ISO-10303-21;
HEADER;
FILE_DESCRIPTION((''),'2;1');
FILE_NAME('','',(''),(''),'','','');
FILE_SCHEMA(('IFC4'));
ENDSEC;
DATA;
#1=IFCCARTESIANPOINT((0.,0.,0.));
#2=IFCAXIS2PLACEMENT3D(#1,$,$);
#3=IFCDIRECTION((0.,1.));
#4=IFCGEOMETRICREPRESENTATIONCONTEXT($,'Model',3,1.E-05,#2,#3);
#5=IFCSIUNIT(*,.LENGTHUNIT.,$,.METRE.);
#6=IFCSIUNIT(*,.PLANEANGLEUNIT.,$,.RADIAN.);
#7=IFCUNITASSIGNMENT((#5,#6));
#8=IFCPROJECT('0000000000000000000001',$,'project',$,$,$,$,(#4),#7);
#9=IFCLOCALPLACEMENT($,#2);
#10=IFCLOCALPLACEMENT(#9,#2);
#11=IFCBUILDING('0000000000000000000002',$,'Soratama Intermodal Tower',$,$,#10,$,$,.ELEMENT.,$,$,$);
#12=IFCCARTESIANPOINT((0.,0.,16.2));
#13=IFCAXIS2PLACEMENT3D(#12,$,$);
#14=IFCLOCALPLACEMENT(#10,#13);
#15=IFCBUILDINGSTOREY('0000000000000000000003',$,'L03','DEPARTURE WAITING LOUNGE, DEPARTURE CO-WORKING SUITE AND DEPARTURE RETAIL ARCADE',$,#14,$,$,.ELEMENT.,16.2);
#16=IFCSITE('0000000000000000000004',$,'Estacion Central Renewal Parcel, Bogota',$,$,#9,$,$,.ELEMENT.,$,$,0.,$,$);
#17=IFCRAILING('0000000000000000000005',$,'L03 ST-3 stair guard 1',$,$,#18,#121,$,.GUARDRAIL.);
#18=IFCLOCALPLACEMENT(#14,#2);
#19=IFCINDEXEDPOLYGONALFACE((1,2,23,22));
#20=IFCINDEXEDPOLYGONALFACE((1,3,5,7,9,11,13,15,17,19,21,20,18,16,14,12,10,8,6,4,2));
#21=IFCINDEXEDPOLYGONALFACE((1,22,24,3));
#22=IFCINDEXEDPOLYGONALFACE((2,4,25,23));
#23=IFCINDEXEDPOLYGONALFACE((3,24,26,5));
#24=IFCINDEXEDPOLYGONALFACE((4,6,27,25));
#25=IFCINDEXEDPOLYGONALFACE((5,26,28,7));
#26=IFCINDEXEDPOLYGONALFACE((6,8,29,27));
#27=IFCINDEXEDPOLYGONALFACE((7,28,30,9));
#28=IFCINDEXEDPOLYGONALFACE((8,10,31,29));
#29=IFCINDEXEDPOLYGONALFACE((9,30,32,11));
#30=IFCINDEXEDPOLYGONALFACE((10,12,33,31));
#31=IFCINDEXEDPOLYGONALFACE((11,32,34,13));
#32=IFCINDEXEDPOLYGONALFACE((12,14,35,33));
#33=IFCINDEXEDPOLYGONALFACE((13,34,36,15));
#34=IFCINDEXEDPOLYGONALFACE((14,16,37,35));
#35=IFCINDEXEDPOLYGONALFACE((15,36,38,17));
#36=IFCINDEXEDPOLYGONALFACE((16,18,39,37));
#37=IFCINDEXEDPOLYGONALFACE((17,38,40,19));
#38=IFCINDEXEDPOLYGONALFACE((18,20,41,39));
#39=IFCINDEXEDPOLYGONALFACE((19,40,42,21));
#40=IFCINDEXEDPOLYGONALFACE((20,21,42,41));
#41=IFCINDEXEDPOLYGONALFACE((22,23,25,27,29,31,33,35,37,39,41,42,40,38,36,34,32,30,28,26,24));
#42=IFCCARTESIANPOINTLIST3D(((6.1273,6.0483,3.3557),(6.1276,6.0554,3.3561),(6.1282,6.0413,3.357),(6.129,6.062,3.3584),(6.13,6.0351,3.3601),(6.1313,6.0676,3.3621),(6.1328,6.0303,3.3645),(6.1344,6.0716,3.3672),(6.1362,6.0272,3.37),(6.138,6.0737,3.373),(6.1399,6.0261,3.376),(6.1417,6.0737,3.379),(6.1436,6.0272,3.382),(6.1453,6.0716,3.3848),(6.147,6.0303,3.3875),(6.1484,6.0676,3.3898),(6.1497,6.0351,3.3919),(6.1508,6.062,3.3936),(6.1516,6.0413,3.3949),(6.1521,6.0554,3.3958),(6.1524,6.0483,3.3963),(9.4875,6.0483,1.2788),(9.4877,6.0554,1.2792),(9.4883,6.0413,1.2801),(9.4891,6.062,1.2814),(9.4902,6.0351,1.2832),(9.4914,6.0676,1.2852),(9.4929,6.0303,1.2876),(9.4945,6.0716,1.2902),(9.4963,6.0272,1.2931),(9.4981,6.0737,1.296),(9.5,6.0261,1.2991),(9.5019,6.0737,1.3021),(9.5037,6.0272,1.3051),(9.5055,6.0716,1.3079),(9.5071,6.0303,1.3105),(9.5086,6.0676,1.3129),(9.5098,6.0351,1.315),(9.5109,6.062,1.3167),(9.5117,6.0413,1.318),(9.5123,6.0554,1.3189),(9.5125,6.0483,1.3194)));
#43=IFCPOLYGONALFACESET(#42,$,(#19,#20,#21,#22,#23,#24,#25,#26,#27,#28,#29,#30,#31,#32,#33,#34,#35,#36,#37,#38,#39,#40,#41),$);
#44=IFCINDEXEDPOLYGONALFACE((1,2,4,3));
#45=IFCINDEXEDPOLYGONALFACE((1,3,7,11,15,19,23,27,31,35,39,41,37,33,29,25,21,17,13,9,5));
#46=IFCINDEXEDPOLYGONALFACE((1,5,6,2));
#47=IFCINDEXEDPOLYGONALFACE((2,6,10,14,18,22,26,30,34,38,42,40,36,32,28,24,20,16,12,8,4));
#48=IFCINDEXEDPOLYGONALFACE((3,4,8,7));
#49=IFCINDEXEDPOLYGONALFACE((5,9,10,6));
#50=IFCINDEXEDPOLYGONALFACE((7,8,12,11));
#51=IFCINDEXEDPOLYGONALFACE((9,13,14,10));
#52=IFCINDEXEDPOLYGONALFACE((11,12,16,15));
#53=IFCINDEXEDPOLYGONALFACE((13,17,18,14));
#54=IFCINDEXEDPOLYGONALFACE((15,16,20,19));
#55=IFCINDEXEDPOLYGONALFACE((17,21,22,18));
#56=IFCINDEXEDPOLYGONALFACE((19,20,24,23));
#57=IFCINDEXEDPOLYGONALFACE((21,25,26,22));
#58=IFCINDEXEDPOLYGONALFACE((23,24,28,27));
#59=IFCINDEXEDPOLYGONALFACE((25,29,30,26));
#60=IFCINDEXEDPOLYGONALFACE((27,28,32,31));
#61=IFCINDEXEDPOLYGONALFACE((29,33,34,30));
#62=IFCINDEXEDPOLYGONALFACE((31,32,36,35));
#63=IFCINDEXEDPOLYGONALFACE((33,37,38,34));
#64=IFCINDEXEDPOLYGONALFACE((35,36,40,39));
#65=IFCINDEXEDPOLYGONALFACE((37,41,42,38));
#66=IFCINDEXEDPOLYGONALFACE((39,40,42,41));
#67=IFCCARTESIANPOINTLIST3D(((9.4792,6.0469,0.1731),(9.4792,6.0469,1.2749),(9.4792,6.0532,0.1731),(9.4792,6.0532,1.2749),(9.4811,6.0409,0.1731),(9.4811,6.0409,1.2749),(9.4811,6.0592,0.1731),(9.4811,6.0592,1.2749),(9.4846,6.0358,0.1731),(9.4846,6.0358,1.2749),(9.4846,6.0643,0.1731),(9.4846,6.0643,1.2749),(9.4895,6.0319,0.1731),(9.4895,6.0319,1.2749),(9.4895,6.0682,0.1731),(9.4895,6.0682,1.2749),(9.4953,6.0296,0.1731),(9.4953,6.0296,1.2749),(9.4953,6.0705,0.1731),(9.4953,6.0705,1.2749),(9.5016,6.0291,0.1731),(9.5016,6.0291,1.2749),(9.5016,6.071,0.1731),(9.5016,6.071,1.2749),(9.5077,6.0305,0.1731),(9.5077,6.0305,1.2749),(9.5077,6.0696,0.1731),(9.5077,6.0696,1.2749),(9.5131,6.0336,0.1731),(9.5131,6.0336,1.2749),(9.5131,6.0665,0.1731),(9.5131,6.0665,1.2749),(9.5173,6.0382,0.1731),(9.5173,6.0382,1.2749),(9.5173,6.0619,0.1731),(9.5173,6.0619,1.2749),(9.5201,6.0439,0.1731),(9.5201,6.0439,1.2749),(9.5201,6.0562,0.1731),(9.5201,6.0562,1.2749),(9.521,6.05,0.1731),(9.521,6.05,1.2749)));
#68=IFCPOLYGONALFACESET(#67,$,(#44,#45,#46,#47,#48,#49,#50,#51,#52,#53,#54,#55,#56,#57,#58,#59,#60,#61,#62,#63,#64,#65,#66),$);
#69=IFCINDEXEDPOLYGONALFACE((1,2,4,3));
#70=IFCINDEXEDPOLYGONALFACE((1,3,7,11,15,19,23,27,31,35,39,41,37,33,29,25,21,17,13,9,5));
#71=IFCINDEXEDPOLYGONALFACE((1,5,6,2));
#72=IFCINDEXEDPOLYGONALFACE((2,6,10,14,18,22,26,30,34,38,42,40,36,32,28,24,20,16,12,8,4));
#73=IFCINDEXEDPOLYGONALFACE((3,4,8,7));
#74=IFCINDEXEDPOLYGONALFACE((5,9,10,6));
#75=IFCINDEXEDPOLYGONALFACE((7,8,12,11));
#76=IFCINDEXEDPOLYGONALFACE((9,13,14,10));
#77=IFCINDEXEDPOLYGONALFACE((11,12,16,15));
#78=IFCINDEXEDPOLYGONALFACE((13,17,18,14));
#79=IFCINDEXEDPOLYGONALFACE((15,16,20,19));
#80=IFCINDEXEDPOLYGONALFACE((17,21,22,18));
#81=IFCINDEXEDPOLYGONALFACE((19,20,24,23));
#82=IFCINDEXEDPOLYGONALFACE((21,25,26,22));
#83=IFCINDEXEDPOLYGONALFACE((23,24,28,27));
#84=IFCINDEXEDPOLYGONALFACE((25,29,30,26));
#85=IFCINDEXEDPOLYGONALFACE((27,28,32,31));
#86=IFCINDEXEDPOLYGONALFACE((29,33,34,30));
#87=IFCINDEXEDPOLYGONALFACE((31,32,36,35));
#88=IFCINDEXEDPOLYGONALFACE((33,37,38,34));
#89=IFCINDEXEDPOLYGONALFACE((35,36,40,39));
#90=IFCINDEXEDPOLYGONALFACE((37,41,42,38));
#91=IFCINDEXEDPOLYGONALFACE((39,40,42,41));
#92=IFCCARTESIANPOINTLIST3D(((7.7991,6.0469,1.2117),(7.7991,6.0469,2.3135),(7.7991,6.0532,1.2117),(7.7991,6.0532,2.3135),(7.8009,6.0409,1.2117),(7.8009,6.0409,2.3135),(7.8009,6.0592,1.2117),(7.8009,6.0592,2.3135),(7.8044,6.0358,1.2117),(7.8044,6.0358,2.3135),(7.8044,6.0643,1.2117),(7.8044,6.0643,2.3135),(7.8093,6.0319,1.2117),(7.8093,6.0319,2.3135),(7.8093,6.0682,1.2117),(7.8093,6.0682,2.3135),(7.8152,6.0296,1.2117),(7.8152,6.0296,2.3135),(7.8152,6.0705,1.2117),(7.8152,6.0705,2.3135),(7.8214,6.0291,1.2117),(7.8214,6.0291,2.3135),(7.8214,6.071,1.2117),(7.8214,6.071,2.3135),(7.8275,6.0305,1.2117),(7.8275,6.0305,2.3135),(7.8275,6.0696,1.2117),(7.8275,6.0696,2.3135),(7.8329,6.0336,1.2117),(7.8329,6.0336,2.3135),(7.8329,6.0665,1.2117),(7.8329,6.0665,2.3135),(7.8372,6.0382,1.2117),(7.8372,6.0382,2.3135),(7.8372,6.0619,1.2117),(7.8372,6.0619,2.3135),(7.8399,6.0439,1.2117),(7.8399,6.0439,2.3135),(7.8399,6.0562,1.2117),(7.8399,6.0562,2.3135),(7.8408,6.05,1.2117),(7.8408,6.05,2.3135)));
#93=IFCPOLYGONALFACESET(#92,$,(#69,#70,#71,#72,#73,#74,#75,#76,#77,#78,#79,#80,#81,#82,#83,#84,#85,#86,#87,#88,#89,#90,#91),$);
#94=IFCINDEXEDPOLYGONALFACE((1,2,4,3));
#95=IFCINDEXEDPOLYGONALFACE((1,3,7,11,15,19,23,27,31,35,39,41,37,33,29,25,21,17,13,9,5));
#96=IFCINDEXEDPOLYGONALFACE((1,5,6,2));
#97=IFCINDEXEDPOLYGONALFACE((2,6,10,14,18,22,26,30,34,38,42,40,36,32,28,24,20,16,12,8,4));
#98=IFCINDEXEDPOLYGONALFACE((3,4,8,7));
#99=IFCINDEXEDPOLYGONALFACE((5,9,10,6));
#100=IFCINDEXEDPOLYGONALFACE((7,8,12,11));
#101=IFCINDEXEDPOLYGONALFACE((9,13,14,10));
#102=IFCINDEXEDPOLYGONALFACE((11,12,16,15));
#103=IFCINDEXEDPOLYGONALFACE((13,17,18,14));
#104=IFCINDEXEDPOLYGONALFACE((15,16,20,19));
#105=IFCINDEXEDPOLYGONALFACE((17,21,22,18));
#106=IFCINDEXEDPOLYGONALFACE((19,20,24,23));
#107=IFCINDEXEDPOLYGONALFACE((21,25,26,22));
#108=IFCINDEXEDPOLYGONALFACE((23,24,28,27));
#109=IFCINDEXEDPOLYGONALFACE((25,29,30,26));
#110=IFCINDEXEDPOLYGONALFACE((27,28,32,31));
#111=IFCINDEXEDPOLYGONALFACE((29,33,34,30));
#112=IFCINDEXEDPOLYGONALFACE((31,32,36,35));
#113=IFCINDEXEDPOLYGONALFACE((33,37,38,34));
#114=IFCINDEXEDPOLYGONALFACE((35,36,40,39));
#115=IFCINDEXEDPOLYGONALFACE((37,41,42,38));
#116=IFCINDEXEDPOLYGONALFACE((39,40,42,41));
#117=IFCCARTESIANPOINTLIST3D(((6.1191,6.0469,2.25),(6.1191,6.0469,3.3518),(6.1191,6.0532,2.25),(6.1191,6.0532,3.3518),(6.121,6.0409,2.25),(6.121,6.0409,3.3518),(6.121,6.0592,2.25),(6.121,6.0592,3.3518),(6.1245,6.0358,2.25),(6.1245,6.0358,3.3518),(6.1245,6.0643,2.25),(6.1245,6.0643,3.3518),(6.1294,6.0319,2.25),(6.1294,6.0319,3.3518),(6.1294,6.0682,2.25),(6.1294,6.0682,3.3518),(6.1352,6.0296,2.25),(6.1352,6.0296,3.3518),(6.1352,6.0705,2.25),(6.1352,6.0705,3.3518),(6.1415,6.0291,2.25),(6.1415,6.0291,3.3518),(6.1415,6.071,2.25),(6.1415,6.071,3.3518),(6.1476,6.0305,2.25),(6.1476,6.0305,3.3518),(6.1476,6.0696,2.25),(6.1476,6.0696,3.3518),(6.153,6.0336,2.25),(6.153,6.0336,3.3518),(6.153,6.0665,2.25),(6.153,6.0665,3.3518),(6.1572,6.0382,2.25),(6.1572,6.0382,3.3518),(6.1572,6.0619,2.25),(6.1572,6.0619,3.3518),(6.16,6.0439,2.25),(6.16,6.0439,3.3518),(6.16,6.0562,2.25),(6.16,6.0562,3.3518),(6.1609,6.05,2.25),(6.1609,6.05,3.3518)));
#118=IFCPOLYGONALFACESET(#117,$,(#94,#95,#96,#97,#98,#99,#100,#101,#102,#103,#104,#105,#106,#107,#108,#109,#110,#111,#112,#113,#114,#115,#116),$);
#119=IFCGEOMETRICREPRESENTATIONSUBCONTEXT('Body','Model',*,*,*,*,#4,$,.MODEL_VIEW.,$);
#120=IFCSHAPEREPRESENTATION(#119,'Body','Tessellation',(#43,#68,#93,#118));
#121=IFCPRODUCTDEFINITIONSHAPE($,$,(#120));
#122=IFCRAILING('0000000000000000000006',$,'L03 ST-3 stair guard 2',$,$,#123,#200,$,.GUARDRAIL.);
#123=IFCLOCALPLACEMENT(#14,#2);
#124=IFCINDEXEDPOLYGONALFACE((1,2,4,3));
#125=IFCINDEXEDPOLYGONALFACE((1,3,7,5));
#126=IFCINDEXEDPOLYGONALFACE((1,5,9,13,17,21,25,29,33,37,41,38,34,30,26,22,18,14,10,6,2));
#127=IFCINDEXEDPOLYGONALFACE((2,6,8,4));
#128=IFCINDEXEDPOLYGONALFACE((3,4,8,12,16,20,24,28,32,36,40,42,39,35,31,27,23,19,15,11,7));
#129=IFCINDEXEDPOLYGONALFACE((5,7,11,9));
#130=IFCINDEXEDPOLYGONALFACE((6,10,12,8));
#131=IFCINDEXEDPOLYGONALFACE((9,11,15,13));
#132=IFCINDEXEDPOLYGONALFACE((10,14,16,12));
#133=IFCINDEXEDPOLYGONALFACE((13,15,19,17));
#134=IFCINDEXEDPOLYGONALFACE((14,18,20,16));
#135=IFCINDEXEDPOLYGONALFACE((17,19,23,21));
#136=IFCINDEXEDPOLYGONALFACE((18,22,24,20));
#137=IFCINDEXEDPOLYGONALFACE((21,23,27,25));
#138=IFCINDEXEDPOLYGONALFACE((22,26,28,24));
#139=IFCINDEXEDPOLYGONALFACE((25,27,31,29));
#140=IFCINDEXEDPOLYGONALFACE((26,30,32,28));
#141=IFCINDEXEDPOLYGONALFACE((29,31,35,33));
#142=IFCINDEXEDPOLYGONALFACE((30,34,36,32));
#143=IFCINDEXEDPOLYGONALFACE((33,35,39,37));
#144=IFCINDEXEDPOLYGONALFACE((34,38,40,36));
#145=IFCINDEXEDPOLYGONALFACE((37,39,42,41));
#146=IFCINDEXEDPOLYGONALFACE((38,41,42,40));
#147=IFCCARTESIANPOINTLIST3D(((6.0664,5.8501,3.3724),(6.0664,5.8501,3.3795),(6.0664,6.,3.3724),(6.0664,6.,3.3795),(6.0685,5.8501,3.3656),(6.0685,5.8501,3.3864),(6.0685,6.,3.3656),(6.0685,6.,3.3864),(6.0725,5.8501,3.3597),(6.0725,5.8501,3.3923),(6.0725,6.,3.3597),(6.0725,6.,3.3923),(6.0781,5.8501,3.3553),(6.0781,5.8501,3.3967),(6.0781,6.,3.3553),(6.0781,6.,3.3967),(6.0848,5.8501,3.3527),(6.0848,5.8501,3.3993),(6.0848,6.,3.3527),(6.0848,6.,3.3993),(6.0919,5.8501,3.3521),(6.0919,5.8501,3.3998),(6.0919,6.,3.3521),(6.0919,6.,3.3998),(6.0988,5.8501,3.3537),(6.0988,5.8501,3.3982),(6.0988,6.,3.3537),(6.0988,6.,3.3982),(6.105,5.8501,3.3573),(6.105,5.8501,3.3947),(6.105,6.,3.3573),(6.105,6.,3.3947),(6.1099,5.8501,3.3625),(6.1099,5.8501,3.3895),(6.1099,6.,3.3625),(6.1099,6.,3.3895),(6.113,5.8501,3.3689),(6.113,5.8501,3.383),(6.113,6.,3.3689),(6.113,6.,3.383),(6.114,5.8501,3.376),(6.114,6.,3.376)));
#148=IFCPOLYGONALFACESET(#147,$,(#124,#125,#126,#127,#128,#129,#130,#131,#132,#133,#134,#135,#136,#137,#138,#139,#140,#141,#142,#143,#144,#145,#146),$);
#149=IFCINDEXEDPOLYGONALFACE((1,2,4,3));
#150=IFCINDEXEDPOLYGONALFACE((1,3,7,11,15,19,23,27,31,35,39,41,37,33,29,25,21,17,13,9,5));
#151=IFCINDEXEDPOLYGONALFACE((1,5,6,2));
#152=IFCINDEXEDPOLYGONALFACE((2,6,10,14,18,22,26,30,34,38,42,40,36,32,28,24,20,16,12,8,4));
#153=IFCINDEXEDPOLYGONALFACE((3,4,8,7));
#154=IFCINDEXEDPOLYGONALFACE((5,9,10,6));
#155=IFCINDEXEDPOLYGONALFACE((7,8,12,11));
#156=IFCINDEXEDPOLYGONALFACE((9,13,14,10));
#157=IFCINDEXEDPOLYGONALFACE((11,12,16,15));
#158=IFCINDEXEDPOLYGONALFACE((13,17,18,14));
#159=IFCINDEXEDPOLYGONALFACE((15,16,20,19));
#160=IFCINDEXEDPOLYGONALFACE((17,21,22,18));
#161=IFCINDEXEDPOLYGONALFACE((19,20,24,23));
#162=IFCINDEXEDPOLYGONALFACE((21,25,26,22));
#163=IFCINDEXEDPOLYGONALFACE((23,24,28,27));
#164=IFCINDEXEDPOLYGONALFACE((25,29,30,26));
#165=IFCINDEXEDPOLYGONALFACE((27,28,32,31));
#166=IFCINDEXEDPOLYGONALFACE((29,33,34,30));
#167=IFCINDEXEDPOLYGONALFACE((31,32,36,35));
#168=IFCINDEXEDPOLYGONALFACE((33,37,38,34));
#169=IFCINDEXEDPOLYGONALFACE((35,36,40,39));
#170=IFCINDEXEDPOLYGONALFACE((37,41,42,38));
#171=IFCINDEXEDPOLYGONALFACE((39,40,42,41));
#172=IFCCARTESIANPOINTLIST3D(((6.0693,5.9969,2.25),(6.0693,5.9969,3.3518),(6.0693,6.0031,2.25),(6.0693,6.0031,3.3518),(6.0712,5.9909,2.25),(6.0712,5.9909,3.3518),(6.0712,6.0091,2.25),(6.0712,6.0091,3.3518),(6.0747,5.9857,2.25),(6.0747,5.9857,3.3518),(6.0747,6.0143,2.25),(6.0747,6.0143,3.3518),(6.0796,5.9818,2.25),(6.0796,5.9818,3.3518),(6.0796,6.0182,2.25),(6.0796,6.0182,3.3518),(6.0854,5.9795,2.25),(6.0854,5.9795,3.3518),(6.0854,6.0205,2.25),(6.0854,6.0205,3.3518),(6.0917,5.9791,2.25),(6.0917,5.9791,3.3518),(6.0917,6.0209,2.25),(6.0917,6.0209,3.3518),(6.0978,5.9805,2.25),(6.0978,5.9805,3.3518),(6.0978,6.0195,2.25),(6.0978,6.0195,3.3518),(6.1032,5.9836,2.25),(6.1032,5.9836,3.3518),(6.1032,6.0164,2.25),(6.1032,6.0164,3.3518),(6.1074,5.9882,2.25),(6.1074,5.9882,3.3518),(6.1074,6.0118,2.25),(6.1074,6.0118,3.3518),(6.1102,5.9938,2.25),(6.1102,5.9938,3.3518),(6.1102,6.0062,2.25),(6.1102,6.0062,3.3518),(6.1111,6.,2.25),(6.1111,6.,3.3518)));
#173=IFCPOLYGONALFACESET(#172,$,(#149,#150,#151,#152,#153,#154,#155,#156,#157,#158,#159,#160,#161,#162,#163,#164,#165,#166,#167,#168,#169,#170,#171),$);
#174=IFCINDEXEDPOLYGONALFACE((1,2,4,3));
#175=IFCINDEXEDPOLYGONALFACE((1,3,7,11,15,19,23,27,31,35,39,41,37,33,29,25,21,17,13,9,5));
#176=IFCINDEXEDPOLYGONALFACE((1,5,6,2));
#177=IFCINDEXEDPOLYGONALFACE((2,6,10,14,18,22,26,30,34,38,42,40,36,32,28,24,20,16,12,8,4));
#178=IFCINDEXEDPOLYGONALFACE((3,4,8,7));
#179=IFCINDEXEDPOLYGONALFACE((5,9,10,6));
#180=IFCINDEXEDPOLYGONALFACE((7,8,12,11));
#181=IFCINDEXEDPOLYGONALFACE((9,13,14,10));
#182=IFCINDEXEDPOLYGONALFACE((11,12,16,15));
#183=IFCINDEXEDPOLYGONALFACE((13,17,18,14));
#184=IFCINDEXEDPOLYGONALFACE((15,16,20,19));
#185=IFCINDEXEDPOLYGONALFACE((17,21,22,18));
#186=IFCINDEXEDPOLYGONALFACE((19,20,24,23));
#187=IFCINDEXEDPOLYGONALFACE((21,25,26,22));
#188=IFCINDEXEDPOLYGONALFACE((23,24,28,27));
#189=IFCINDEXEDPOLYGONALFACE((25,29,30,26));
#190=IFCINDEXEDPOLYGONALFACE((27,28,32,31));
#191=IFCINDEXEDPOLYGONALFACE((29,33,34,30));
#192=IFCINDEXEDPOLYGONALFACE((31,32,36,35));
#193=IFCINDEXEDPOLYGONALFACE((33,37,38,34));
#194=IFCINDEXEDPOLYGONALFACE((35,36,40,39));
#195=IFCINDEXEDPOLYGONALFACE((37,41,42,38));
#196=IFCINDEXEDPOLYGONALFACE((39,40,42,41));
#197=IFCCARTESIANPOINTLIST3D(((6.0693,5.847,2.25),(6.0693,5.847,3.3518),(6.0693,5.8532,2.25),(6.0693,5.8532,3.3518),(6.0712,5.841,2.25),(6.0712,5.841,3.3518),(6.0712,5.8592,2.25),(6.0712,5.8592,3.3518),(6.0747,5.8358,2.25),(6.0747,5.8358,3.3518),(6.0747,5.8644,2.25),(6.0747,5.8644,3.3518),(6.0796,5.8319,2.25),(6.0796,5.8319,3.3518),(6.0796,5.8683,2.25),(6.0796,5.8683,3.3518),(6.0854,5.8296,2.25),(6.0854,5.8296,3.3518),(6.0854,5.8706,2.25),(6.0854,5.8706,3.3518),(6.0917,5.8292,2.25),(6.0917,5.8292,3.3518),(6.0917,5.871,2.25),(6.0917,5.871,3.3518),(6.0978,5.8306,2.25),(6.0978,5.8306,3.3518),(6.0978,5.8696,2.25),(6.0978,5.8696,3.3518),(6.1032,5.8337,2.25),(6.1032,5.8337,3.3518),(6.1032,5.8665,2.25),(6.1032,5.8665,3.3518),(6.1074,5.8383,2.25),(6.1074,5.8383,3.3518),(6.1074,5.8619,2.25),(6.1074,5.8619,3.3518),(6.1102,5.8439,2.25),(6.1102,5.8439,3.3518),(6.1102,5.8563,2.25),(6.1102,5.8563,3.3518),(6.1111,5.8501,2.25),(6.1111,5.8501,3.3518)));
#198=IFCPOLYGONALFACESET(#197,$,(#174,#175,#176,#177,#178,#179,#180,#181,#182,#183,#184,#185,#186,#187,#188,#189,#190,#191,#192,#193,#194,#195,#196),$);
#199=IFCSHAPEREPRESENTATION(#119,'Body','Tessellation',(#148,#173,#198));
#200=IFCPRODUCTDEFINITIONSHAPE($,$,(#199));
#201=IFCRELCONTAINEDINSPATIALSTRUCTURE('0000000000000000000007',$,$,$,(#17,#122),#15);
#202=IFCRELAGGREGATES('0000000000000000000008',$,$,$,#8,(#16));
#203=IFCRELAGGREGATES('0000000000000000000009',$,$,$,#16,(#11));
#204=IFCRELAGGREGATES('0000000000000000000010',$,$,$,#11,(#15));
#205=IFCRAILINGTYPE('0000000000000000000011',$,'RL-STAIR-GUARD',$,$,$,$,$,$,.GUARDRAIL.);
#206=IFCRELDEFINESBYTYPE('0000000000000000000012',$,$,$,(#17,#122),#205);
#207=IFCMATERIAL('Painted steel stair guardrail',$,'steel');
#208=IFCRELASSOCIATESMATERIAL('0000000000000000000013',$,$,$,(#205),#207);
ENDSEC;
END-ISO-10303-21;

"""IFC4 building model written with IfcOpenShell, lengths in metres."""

from ifc_helpers import new_model, si_unit, direction, frame, origin, origin_2d, place, context, subcontext, project, spatial, circle, extrude, material, type_object, element, save


model = new_model("IFC4")

# Units and contexts
model_context = context("Model", 3, precision=1e-05, world=origin(), true_north=direction((0.0, 1.0)))
body_context = subcontext(model_context, "Body", "Model", "MODEL_VIEW")
ifc_project = project(units=[si_unit("LENGTHUNIT", "METRE"), si_unit("PLANEANGLEUNIT", "RADIAN")], contexts=[model_context])

# Site, building, storey
site_placement = place(None, origin())
site = spatial("IfcSite", under=ifc_project, at=site_placement, Name="Estacion Central Renewal Parcel, Bogota", CompositionType="ELEMENT", RefElevation=0.0)
building_placement = place(site_placement, origin())
building = spatial("IfcBuilding", under=site, at=building_placement, Name="Soratama Intermodal Tower", CompositionType="ELEMENT")
storey_placement = place(building_placement, frame((0.0, 0.0, 16.2)))
storey = spatial("IfcBuildingStorey", under=building, at=storey_placement, Name="L03", Description="DEPARTURE WAITING LOUNGE, DEPARTURE CO-WORKING SUITE AND DEPARTURE RETAIL ARCADE", CompositionType="ELEMENT", Elevation=16.2)

# Railings
ifc_material_1 = material(Name="Painted steel stair guardrail", Category="steel")
railing_type_1 = type_object("IfcRailingType", Name="RL-STAIR-GUARD", PredefinedType="GUARDRAIL", material=ifc_material_1)
railing_1_placement = place(storey_placement, frame((9.5, 6.05, 0.1731)))
element("IfcRailing", 1, at=railing_1_placement, inside=storey, type_object=railing_type_1, Name="L03 ST-3 stair guard 1", PredefinedType="GUARDRAIL", context=body_context, shape_type="SweptSolid", body=[
    extrude(circle(Radius=0.0239, at=origin_2d()), frame((0.0, 0.0, 1.126), z_axis=(-0.850623, 0.0, 0.525776), x_axis=(0.0, -1.0, 0.0)), (0.0, 0.0, 1.0), 3.9502),
    extrude(circle(Radius=0.021, at=origin_2d()), origin(), (0.0, 0.0, 1.0), 1.1018),
    extrude(circle(Radius=0.021, at=origin_2d()), frame((-1.6802, 0.0, 1.0386)), (0.0, 0.0, 1.0), 1.1018),
    extrude(circle(Radius=0.021, at=origin_2d()), frame((-3.3601, 0.0, 2.0769)), (0.0, 0.0, 1.0), 1.1018),
])
railing_2_placement = place(storey_placement, frame((6.0901, 6.0, 2.25)))
element("IfcRailing", 2, at=railing_2_placement, inside=storey, type_object=railing_type_1, Name="L03 ST-3 stair guard 2", PredefinedType="GUARDRAIL", context=body_context, shape_type="SweptSolid", body=[
    extrude(circle(Radius=0.0239, at=origin_2d()), frame((0.0, 0.0, 1.126), z_axis=(0.0, -1.0, 0.0), x_axis=(1.0, 0.0, 0.0)), (0.0, 0.0, 1.0), 0.1499),
    extrude(circle(Radius=0.021, at=origin_2d()), origin(), (0.0, 0.0, 1.0), 1.1018),
    extrude(circle(Radius=0.021, at=origin_2d()), frame((0.0, -0.1499, 0.0)), (0.0, 0.0, 1.0), 1.1018),
])

save(model, "model.ifc")
